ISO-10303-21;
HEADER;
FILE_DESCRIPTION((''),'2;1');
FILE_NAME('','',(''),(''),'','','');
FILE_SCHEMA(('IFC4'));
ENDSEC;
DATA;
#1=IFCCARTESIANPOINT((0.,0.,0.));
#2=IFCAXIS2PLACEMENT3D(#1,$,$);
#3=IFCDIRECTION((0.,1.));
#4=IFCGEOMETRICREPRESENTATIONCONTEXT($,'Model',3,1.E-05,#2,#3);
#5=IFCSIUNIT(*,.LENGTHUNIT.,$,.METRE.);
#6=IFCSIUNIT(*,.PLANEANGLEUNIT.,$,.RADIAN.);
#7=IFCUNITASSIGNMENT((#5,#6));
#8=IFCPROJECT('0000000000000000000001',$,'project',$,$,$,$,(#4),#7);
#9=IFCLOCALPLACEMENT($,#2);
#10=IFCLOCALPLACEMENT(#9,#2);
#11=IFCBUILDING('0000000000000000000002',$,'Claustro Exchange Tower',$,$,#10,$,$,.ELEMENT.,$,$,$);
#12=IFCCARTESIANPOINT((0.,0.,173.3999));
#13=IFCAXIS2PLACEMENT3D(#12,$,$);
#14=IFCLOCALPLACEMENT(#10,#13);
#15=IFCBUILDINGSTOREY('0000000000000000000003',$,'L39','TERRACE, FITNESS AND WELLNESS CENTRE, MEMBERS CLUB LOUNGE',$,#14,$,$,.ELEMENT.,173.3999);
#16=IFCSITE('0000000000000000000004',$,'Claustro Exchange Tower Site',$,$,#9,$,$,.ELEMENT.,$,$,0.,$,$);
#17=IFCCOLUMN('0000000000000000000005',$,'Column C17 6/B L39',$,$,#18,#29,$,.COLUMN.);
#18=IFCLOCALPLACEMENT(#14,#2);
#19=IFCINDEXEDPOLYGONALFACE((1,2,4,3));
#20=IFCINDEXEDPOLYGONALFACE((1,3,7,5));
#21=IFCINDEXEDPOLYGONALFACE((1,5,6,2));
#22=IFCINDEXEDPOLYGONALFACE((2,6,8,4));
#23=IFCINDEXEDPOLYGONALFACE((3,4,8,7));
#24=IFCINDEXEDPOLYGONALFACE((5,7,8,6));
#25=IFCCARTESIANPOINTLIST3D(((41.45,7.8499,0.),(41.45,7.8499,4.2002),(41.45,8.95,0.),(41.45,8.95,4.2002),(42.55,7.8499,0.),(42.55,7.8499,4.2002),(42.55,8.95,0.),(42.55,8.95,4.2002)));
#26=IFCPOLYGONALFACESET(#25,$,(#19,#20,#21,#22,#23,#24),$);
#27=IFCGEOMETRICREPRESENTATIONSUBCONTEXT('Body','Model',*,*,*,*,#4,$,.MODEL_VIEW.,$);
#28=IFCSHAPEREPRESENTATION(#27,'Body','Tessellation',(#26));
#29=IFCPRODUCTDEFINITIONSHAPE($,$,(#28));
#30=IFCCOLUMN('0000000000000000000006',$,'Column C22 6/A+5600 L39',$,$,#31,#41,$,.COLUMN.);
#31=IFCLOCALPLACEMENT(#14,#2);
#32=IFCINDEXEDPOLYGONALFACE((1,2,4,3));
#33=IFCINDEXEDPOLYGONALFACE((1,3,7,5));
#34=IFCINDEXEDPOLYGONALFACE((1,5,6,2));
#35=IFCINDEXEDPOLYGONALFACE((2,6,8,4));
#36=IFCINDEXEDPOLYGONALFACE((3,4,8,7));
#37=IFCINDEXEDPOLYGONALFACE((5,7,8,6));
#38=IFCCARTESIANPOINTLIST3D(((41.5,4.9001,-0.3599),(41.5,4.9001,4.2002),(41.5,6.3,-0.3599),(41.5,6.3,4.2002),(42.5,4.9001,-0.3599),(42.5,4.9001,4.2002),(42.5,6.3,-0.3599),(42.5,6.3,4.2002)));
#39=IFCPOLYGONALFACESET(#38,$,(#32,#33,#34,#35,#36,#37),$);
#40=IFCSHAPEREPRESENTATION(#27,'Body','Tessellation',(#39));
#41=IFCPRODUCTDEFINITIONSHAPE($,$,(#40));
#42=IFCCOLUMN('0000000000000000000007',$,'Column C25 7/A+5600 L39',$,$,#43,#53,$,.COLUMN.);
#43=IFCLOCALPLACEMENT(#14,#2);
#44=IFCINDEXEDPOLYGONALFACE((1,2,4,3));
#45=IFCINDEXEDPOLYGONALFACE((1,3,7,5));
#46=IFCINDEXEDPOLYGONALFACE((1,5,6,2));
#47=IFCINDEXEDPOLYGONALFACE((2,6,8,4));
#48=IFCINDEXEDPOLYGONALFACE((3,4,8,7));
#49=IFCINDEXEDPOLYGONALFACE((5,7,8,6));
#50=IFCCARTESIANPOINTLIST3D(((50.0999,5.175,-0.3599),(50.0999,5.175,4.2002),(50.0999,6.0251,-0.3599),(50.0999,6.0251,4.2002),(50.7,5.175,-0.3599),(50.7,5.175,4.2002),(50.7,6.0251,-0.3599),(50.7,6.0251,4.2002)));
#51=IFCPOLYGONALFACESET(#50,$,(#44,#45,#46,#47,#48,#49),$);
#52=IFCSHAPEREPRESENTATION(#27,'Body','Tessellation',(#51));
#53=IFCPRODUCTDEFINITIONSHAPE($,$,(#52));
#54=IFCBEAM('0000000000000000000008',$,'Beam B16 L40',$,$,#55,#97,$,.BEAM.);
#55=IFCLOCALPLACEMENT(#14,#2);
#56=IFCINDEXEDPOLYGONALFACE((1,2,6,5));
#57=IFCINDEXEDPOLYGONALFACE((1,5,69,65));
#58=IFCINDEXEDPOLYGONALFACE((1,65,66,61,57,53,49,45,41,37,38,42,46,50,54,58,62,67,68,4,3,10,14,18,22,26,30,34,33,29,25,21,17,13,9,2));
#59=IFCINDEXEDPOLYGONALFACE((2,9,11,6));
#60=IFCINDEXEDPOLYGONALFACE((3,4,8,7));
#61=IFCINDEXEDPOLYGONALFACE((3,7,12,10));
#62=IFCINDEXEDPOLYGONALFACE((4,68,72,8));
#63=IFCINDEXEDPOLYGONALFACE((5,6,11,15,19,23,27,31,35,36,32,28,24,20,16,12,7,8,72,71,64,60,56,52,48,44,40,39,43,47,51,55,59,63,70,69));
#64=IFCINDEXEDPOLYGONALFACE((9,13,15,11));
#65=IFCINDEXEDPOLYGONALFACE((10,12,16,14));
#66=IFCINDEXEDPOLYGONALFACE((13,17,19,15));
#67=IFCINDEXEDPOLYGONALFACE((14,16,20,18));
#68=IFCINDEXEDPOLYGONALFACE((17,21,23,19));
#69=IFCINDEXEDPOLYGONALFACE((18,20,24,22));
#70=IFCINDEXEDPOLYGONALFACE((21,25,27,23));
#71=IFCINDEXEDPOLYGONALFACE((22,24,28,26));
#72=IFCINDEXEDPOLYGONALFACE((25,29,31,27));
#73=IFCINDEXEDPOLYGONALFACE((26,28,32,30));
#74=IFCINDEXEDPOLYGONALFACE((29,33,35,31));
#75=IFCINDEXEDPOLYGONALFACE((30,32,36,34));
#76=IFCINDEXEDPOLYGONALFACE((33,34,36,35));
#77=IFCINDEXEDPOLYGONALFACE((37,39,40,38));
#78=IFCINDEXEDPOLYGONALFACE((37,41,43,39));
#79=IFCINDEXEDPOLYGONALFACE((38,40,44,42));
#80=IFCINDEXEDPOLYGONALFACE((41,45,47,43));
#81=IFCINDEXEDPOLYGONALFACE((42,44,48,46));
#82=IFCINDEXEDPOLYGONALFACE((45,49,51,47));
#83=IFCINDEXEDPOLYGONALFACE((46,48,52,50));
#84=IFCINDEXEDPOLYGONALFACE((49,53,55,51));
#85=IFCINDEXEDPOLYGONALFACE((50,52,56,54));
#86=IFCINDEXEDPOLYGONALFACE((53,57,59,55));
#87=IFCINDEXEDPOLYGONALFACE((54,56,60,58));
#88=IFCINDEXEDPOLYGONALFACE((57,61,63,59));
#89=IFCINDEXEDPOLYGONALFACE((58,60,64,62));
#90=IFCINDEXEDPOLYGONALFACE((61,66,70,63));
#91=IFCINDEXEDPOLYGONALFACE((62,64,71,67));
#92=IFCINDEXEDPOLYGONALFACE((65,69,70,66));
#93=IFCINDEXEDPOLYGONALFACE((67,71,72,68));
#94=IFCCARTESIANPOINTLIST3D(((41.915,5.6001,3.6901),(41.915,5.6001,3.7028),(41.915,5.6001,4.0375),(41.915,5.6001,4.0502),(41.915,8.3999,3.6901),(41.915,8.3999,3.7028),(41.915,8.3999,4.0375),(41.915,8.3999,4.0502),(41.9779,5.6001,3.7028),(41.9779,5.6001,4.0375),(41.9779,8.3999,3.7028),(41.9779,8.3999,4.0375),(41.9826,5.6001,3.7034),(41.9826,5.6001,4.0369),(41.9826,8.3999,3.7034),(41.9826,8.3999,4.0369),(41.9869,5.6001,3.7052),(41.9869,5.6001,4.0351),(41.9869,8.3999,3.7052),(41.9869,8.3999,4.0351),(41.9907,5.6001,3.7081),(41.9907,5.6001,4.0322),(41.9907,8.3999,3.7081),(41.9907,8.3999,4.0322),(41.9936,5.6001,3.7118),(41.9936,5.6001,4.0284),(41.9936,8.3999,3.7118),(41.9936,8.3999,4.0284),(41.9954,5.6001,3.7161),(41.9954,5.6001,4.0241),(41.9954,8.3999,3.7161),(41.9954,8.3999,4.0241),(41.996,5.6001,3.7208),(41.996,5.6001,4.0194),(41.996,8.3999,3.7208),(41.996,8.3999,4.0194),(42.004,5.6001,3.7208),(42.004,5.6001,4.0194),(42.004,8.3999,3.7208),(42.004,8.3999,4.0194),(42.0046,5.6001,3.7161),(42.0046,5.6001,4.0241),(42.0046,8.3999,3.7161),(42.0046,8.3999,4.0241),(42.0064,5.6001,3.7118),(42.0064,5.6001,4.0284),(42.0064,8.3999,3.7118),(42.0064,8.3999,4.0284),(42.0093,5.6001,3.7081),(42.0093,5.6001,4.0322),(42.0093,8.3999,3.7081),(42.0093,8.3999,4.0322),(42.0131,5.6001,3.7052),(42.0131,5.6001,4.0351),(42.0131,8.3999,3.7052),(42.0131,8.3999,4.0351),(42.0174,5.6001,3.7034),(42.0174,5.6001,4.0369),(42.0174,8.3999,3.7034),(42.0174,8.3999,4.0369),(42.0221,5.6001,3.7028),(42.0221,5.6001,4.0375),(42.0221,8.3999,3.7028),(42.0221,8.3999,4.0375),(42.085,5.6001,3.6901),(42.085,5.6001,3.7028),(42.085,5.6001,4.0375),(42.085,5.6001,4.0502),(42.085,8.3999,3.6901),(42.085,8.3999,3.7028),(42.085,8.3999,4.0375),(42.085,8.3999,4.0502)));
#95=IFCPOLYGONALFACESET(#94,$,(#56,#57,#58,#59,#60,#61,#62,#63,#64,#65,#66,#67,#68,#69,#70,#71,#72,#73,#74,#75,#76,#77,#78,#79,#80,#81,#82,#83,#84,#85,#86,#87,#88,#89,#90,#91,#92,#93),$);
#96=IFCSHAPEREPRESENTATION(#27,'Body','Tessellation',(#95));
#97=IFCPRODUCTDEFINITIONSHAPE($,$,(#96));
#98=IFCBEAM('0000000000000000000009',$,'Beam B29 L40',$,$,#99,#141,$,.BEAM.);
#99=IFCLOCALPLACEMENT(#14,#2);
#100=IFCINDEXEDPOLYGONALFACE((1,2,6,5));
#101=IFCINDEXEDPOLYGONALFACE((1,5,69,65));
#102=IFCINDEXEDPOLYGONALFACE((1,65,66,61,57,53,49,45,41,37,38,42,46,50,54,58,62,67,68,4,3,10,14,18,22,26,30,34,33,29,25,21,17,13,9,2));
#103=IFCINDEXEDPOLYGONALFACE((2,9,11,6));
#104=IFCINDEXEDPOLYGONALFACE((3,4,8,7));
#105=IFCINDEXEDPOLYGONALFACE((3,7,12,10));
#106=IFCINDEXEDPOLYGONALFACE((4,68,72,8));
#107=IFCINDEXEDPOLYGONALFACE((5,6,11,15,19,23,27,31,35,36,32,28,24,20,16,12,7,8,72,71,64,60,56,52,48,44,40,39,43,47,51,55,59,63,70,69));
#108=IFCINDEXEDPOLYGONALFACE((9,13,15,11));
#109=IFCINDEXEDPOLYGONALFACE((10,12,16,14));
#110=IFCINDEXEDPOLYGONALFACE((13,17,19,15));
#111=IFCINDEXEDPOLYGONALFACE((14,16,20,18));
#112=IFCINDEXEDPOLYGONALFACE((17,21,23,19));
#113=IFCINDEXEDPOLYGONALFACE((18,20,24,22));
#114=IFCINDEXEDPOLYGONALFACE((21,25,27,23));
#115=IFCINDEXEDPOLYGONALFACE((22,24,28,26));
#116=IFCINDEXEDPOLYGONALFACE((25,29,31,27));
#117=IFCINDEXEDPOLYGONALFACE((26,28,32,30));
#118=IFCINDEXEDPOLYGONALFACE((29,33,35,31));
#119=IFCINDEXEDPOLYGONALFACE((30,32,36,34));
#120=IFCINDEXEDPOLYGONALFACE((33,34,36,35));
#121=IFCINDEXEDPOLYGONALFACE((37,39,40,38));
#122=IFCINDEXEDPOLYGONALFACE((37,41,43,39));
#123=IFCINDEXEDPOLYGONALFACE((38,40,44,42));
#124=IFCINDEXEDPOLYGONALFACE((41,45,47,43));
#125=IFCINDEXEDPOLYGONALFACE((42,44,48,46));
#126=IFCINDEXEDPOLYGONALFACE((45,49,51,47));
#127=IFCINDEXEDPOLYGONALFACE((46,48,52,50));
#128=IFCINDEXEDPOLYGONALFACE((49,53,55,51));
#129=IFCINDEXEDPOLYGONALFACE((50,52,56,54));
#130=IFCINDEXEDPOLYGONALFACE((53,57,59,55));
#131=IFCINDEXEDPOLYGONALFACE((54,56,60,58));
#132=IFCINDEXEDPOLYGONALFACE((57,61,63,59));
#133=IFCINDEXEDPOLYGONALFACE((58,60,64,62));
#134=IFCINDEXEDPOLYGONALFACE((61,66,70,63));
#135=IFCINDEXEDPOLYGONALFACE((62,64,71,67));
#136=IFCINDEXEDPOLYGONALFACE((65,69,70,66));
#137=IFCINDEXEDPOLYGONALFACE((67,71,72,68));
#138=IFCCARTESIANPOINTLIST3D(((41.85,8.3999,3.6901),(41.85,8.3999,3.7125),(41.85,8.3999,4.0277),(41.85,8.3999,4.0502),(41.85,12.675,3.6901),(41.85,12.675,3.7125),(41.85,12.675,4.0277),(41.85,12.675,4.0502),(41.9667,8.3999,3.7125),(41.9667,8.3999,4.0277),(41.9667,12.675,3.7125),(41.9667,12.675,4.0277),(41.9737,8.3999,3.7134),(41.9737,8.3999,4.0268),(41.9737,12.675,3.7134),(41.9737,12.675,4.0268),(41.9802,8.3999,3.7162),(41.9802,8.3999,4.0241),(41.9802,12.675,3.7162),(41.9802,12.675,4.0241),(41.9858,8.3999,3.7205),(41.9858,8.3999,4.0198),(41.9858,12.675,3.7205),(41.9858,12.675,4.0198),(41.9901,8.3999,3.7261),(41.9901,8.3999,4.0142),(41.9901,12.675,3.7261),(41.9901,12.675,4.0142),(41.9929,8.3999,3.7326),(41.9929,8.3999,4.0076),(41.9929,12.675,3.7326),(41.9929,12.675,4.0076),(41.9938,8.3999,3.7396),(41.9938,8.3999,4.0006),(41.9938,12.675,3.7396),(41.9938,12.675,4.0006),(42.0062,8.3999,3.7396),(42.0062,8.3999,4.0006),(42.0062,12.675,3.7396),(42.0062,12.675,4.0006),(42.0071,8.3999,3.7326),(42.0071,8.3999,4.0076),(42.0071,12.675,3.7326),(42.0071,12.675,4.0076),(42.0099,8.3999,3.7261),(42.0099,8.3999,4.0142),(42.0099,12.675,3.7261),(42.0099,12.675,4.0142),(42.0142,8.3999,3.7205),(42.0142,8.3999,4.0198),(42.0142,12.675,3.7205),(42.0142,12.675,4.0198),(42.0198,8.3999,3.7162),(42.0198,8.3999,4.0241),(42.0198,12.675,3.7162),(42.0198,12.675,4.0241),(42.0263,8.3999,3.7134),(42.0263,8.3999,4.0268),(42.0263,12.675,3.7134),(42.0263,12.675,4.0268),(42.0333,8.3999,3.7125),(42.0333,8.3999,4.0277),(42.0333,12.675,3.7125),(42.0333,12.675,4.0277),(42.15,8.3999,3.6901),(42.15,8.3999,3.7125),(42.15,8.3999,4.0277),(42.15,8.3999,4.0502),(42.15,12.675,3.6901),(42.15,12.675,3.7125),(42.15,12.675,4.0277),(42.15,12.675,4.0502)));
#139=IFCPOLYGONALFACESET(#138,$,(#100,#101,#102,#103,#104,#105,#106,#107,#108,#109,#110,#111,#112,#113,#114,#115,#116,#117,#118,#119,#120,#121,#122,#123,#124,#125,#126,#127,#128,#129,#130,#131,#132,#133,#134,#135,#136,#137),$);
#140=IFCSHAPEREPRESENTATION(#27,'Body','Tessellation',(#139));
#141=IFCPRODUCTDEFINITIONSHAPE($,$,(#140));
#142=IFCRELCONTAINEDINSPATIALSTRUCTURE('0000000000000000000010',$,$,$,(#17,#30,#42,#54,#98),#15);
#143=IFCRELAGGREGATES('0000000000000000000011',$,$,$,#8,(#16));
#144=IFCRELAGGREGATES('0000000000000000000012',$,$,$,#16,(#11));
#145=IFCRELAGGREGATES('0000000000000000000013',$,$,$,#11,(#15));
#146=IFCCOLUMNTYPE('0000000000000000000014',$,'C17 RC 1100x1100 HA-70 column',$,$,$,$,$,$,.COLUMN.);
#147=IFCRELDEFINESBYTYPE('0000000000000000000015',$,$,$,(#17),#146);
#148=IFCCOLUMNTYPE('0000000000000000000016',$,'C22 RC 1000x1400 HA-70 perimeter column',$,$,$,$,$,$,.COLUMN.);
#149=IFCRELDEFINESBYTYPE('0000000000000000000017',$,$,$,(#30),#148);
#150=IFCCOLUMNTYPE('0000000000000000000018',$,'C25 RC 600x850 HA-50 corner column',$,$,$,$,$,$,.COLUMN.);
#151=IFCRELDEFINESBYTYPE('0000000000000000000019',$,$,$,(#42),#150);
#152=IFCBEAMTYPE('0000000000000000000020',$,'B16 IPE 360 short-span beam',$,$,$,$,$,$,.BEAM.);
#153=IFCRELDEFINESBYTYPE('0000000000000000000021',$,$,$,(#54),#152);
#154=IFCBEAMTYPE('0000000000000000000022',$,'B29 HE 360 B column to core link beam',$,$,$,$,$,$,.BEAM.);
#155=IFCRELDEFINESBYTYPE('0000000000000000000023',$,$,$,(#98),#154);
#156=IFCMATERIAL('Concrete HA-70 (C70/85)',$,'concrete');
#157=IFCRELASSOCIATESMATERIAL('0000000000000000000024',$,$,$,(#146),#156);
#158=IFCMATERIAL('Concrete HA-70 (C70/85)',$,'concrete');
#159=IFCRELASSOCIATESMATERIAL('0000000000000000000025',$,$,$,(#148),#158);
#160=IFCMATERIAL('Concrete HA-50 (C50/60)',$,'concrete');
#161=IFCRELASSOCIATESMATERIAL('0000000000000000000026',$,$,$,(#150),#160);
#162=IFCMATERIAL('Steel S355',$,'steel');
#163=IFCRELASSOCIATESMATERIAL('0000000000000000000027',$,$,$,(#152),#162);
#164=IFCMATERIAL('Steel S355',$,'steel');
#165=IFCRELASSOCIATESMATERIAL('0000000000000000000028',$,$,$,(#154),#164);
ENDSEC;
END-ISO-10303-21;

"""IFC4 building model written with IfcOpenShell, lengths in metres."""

from ifc_helpers import new_model, si_unit, direction, frame, origin, origin_2d, place, context, subcontext, project, spatial, rectangle, i_section, extrude, material, material_profile, profile_set, type_object, element, save


model = new_model("IFC4")

# Units and contexts
model_context = context("Model", 3, precision=1e-05, world=origin(), true_north=direction((0.0, 1.0)))
body_context = subcontext(model_context, "Body", "Model", "MODEL_VIEW")
ifc_project = project(units=[si_unit("LENGTHUNIT", "METRE"), si_unit("PLANEANGLEUNIT", "RADIAN")], contexts=[model_context])

# Site, building, storey
site_placement = place(None, origin())
site = spatial("IfcSite", under=ifc_project, at=site_placement, Name="Claustro Exchange Tower Site", CompositionType="ELEMENT", RefElevation=0.0)
building_placement = place(site_placement, origin())
building = spatial("IfcBuilding", under=site, at=building_placement, Name="Claustro Exchange Tower", CompositionType="ELEMENT")
storey_placement = place(building_placement, frame((0.0, 0.0, 173.3999)))
storey = spatial("IfcBuildingStorey", under=building, at=storey_placement, Name="L39", Description="TERRACE, FITNESS AND WELLNESS CENTRE, MEMBERS CLUB LOUNGE", CompositionType="ELEMENT", Elevation=173.3999)

# Columns
ifc_material_1 = material(Name="Concrete HA-70 (C70/85)", Category="concrete")
ifc_material_profile_1 = material_profile(ifc_material_1, rectangle(XDim=1.1001, YDim=1.1001, at=origin_2d()), Name="RC 1100x1100")
ifc_profile_set_1 = profile_set([ifc_material_profile_1], Name="Concrete HA-70 (C70/85)")
column_type_1 = type_object("IfcColumnType", Name="C17 RC 1100x1100 HA-70 column", PredefinedType="COLUMN", material=ifc_profile_set_1)
column_1_placement = place(storey_placement, frame((42.0, 8.3999, 0.0), z_axis=(0.0, 0.0, 1.0), x_axis=(1.0, 0.0, 0.0)))
element("IfcColumn", 1, at=column_1_placement, inside=storey, type_object=column_type_1, Name="Column C17 6/B L39", PredefinedType="COLUMN", context=body_context, shape_type="SweptSolid", body=[
    extrude(rectangle(XDim=1.1001, YDim=1.1001, at=origin_2d()), origin(), (0.0, 0.0, 1.0), 4.2002),
])
ifc_material_2 = material(Name="Concrete HA-70 (C70/85)", Category="concrete")
ifc_material_profile_2 = material_profile(ifc_material_2, rectangle(XDim=1.0, YDim=1.3999, at=origin_2d()), Name="RC 1000x1400")
ifc_profile_set_2 = profile_set([ifc_material_profile_2], Name="Concrete HA-70 (C70/85)")
column_type_2 = type_object("IfcColumnType", Name="C22 RC 1000x1400 HA-70 perimeter column", PredefinedType="COLUMN", material=ifc_profile_set_2)
column_2_placement = place(storey_placement, frame((42.0, 5.6001, -0.3599), z_axis=(0.0, 0.0, 1.0), x_axis=(1.0, 0.0, 0.0)))
element("IfcColumn", 2, at=column_2_placement, inside=storey, type_object=column_type_2, Name="Column C22 6/A+5600 L39", PredefinedType="COLUMN", context=body_context, shape_type="SweptSolid", body=[
    extrude(rectangle(XDim=1.0, YDim=1.3999, at=origin_2d()), origin(), (0.0, 0.0, 1.0), 4.5601),
])
ifc_material_3 = material(Name="Concrete HA-50 (C50/60)", Category="concrete")
ifc_material_profile_3 = material_profile(ifc_material_3, rectangle(XDim=0.6001, YDim=0.8501, at=origin_2d()), Name="RC 600x850")
ifc_profile_set_3 = profile_set([ifc_material_profile_3], Name="Concrete HA-50 (C50/60)")
column_type_3 = type_object("IfcColumnType", Name="C25 RC 600x850 HA-50 corner column", PredefinedType="COLUMN", material=ifc_profile_set_3)
column_3_placement = place(storey_placement, frame((50.3999, 5.6001, -0.3599), z_axis=(0.0, 0.0, 1.0), x_axis=(1.0, 0.0, 0.0)))
element("IfcColumn", 3, at=column_3_placement, inside=storey, type_object=column_type_3, Name="Column C25 7/A+5600 L39", PredefinedType="COLUMN", context=body_context, shape_type="SweptSolid", body=[
    extrude(rectangle(XDim=0.6001, YDim=0.8501, at=origin_2d()), origin(), (0.0, 0.0, 1.0), 4.5601),
])

# Beams
ifc_material_4 = material(Name="Steel S355", Category="steel")
ifc_material_profile_4 = material_profile(ifc_material_4, i_section(OverallWidth=0.1699, OverallDepth=0.3601, WebThickness=0.0081, FlangeThickness=0.0127, FilletRadius=0.0181, at=origin_2d()), Name="IPE 360")
ifc_profile_set_4 = profile_set([ifc_material_profile_4], Name="Steel S355")
beam_type_1 = type_object("IfcBeamType", Name="B16 IPE 360 short-span beam", PredefinedType="BEAM", material=ifc_profile_set_4)
beam_1_placement = place(storey_placement, frame((42.0, 5.6001, 3.8701), z_axis=(0.0, 1.0, 0.0), x_axis=(-1.0, 0.0, 0.0)))
element("IfcBeam", 4, at=beam_1_placement, inside=storey, type_object=beam_type_1, Name="Beam B16 L40", PredefinedType="BEAM", context=body_context, shape_type="SweptSolid", body=[
    extrude(i_section(OverallWidth=0.1699, OverallDepth=0.3601, WebThickness=0.0081, FlangeThickness=0.0127, FilletRadius=0.0181, at=origin_2d()), origin(), (0.0, 0.0, 1.0), 2.7998),
])
ifc_material_5 = material(Name="Steel S355", Category="steel")
ifc_material_profile_5 = material_profile(ifc_material_5, i_section(OverallWidth=0.3, OverallDepth=0.3601, WebThickness=0.0125, FlangeThickness=0.0225, FilletRadius=0.0271, at=origin_2d()), Name="HE 360 B")
ifc_profile_set_5 = profile_set([ifc_material_profile_5], Name="Steel S355")
beam_type_2 = type_object("IfcBeamType", Name="B29 HE 360 B column to core link beam", PredefinedType="BEAM", material=ifc_profile_set_5)
beam_2_placement = place(storey_placement, frame((42.0, 8.3999, 3.8701), z_axis=(0.0, 1.0, 0.0), x_axis=(-1.0, 0.0, 0.0)))
element("IfcBeam", 5, at=beam_2_placement, inside=storey, type_object=beam_type_2, Name="Beam B29 L40", PredefinedType="BEAM", context=body_context, shape_type="SweptSolid", body=[
    extrude(i_section(OverallWidth=0.3, OverallDepth=0.3601, WebThickness=0.0125, FlangeThickness=0.0225, FilletRadius=0.0271, at=origin_2d()), origin(), (0.0, 0.0, 1.0), 4.2751),
])

save(model, "model.ifc")
